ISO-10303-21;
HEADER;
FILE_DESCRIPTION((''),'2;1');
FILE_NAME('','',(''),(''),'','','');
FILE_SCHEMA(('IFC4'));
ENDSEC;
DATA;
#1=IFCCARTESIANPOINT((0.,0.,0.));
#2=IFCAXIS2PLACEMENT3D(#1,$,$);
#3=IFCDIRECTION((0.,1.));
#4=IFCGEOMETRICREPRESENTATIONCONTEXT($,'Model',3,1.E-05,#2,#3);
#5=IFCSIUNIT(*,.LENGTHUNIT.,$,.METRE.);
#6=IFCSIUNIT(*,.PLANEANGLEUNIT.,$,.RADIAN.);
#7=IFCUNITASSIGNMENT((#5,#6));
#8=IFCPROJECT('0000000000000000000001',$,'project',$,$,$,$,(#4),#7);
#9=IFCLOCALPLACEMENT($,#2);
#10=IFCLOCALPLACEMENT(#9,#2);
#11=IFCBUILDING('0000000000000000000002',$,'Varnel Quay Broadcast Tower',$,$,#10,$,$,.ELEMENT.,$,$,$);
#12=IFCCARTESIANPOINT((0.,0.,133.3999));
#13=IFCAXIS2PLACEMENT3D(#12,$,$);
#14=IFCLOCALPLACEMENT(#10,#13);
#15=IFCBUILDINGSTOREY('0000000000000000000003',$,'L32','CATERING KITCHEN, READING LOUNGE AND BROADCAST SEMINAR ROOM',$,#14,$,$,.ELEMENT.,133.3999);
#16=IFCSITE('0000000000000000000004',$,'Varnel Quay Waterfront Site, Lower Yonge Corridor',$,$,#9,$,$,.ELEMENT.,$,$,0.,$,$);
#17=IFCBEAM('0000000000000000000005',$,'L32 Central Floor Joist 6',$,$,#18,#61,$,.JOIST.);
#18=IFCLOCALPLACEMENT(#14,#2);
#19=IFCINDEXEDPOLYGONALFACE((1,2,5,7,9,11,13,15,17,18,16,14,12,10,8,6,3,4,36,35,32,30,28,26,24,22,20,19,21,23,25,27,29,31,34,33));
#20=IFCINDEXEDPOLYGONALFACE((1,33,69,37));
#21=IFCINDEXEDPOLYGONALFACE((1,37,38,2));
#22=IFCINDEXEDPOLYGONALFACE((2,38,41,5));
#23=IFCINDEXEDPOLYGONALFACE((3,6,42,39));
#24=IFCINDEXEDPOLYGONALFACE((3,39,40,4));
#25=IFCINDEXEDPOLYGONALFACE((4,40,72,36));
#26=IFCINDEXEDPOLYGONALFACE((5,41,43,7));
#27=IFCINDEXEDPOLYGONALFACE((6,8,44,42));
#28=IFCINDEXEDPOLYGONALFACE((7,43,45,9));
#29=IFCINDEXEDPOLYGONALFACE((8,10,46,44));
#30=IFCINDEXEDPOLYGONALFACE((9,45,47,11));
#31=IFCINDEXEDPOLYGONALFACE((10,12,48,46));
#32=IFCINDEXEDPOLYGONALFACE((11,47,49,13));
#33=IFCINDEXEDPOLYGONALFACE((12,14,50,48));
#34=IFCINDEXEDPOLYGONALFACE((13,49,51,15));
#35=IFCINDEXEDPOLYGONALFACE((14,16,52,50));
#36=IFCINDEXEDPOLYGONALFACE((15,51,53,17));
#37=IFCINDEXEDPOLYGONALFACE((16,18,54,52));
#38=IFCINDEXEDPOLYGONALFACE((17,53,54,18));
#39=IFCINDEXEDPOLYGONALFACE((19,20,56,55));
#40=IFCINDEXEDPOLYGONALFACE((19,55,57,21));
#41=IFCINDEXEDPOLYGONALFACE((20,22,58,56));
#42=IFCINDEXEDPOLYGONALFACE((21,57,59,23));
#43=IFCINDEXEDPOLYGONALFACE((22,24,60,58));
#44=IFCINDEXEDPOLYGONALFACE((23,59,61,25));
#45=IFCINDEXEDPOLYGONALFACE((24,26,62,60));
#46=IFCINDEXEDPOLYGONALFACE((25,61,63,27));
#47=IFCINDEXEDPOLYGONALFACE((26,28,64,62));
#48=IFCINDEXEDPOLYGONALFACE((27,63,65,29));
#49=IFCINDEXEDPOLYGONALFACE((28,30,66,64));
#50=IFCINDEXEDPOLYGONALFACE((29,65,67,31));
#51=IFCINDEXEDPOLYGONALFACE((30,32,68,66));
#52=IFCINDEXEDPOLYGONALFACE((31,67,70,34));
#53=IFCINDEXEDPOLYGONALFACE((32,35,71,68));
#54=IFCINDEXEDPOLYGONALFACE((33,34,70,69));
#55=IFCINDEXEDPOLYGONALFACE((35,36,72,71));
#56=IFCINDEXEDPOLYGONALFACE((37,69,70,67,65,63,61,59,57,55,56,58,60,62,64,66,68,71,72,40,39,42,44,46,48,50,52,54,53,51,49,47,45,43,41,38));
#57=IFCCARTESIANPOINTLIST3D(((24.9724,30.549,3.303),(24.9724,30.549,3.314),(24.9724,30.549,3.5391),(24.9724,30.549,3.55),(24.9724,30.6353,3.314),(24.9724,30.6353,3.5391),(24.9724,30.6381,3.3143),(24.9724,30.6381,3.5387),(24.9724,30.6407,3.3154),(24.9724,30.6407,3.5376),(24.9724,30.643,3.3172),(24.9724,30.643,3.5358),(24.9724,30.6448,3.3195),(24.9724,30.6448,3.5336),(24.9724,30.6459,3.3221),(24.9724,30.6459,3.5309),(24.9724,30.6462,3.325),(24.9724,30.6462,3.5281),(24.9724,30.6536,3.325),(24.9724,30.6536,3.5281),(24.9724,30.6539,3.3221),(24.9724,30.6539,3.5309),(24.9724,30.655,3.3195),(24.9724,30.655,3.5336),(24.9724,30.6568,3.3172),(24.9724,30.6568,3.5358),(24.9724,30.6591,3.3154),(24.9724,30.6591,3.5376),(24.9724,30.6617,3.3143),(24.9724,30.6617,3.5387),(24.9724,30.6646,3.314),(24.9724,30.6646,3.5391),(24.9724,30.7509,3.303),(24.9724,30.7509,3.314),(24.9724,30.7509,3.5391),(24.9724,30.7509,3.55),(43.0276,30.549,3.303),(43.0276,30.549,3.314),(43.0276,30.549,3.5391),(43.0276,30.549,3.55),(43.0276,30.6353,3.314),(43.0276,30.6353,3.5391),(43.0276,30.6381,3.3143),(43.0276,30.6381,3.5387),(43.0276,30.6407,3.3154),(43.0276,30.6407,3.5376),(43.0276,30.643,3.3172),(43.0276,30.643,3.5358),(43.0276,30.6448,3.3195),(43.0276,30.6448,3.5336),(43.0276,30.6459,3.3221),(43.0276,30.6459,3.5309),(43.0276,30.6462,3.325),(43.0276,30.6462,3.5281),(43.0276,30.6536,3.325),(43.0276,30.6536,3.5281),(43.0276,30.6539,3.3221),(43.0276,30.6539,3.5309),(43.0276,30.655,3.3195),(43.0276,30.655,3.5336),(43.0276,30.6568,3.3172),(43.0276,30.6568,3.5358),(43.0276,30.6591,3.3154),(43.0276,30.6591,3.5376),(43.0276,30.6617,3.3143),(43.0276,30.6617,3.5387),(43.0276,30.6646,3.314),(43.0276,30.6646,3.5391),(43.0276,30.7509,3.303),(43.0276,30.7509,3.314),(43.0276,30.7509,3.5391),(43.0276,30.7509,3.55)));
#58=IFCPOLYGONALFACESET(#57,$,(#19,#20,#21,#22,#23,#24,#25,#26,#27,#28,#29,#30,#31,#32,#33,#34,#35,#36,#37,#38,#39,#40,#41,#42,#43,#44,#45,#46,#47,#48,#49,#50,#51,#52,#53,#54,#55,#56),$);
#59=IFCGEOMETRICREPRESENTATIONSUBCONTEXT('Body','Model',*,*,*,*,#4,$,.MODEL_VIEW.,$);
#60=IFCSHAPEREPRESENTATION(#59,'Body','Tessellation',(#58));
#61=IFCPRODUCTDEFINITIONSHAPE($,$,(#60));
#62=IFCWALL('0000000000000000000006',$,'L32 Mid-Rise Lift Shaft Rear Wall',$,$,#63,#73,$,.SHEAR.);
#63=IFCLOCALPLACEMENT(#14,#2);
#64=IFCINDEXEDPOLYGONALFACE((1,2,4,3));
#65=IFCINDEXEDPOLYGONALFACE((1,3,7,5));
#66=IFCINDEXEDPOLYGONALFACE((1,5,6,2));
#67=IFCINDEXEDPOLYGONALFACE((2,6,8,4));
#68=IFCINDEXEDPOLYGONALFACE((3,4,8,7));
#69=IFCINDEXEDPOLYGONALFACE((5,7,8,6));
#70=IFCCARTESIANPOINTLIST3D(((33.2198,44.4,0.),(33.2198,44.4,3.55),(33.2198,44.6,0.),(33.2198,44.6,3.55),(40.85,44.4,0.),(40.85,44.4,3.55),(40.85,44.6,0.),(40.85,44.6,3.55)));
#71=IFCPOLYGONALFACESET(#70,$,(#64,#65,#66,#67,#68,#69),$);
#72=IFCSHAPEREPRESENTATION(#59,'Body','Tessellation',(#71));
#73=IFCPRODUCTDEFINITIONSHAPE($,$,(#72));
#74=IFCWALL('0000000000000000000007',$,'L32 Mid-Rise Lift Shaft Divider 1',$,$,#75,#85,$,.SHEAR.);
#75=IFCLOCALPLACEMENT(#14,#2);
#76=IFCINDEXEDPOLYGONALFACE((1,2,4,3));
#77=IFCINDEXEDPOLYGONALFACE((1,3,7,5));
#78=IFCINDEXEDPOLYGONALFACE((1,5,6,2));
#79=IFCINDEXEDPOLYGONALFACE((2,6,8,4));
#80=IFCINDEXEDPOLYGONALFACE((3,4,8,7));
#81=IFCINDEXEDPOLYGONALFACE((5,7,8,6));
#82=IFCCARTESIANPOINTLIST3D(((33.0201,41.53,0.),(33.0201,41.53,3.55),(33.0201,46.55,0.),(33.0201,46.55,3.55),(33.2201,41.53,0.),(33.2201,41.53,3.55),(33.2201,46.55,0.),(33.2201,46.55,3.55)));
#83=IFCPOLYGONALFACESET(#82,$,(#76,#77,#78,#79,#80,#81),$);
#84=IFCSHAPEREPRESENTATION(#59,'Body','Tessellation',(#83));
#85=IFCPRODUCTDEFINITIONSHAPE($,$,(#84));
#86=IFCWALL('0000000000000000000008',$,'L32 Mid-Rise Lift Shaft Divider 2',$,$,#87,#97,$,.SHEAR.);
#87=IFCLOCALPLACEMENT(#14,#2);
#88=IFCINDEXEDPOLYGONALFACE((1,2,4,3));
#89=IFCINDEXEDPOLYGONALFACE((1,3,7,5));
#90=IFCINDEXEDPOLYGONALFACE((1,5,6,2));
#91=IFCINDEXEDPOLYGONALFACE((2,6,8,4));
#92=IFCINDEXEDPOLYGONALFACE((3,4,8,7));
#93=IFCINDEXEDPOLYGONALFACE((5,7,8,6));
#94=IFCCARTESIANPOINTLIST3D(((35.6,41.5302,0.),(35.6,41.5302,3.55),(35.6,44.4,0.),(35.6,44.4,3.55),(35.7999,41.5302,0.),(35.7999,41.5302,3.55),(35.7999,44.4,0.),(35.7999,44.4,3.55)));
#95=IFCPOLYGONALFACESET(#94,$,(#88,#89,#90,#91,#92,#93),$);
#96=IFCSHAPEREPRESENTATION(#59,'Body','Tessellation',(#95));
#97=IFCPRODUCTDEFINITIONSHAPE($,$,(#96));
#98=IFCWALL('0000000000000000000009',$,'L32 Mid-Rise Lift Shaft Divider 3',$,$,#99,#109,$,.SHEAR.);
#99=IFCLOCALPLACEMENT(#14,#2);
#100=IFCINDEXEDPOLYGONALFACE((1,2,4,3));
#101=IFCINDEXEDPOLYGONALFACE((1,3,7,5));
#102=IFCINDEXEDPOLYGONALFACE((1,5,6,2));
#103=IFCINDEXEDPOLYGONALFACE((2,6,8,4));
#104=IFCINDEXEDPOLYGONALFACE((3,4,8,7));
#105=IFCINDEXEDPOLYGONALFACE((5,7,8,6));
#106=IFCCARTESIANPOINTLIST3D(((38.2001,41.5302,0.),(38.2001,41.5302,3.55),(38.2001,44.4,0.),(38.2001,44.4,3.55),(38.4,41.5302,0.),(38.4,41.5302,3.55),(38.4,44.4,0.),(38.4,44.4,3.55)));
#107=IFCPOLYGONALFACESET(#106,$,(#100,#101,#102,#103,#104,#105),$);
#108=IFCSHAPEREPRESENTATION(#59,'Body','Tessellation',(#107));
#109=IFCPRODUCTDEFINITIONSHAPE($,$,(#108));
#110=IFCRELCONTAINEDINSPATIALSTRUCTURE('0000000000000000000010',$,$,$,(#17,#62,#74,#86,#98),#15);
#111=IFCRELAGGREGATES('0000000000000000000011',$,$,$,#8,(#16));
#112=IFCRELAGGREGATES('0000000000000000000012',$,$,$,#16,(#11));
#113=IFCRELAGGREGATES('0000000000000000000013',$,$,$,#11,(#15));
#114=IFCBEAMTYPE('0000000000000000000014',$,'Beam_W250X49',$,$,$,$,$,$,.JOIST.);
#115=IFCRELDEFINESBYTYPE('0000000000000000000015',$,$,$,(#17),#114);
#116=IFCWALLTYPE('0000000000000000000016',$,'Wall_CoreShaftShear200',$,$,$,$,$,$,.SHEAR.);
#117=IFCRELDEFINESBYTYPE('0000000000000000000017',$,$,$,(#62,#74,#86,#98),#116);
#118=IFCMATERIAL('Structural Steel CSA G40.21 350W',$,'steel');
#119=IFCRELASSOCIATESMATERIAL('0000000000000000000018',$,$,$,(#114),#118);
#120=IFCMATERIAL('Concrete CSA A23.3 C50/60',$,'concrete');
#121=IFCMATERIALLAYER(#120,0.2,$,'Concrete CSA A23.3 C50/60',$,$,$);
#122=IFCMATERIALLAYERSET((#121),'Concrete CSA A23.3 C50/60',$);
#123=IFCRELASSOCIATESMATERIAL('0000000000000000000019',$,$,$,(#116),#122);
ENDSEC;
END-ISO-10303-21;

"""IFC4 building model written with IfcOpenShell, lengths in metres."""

from ifc_helpers import new_model, si_unit, direction, frame, frame_2d, origin, origin_2d, place, context, subcontext, project, spatial, rectangle, i_section, extrude, source, transform, mapped, material, layer, layer_set, material_profile, profile_set, type_object, type_shapes, element, save


model = new_model("IFC4")

# Units and contexts
model_context = context("Model", 3, precision=1e-05, world=origin(), true_north=direction((0.0, 1.0)))
body_context = subcontext(model_context, "Body", "Model", "MODEL_VIEW")
ifc_project = project(units=[si_unit("LENGTHUNIT", "METRE"), si_unit("PLANEANGLEUNIT", "RADIAN")], contexts=[model_context])

# Site, building, storey
site_placement = place(None, origin())
site = spatial("IfcSite", under=ifc_project, at=site_placement, Name="Varnel Quay Waterfront Site, Lower Yonge Corridor", CompositionType="ELEMENT", RefElevation=0.0)
building_placement = place(site_placement, origin())
building = spatial("IfcBuilding", under=site, at=building_placement, Name="Varnel Quay Broadcast Tower", CompositionType="ELEMENT")
storey_placement = place(building_placement, frame((0.0, 0.0, 133.3999)))
storey = spatial("IfcBuildingStorey", under=building, at=storey_placement, Name="L32", Description="CATERING KITCHEN, READING LOUNGE AND BROADCAST SEMINAR ROOM", CompositionType="ELEMENT", Elevation=133.3999)

# Beam
ifc_material_1 = material(Name="Structural Steel CSA G40.21 350W", Category="steel")
ifc_material_profile_1 = material_profile(ifc_material_1, i_section(OverallWidth=0.2019, OverallDepth=0.2471, WebThickness=0.0073, FlangeThickness=0.011, FilletRadius=0.011, at=origin_2d()), Name="W250X49")
ifc_profile_set_1 = profile_set([ifc_material_profile_1], Name="Structural Steel CSA G40.21 350W")
beam_type_1 = type_object("IfcBeamType", Name="Beam_W250X49", PredefinedType="JOIST", material=ifc_profile_set_1)
shared_shape_1 = source(origin(), body_context, "Body", "SweptSolid", [
    extrude(i_section(OverallWidth=0.2019, OverallDepth=0.2471, WebThickness=0.0073, FlangeThickness=0.011, FilletRadius=0.011, at=origin_2d()), origin(), (0.0, 0.0, 1.0), 18.0552),
])
type_shapes(beam_type_1, [shared_shape_1])
beam_1_placement = place(storey_placement, frame((24.9724, 30.6499, 3.4265), z_axis=(1.0, 0.0, 0.0), x_axis=(0.0, 1.0, 0.0)))
element("IfcBeam", 1, at=beam_1_placement, inside=storey, type_object=beam_type_1, Name="L32 Central Floor Joist 6", PredefinedType="JOIST", context=body_context, shape_type="MappedRepresentation", body=[
    mapped(shared_shape_1, transform((0.0, 0.0, 0.0), x_axis=(1.0, 0.0, 0.0), y_axis=(0.0, 1.0, 0.0), z_axis=(0.0, 0.0, 1.0), scale=1.0)),
])

# Walls
ifc_material_2 = material(Name="Concrete CSA A23.3 C50/60", Category="concrete")
ifc_layer_1 = layer(ifc_material_2, 0.2, Name="Concrete CSA A23.3 C50/60")
ifc_layer_set_1 = layer_set([ifc_layer_1], Name="Concrete CSA A23.3 C50/60")
wall_type_1 = type_object("IfcWallType", Name="Wall_CoreShaftShear200", PredefinedType="SHEAR", material=ifc_layer_set_1)
wall_1_placement = place(storey_placement, frame((33.22, 44.5, 0.0), z_axis=(0.0, 0.0, 1.0), x_axis=(1.0, 0.0, 0.0)))
element("IfcWall", 2, at=wall_1_placement, inside=storey, type_object=wall_type_1, Name="L32 Mid-Rise Lift Shaft Rear Wall", PredefinedType="SHEAR", context=body_context, shape_type="SweptSolid", body=[
    extrude(rectangle(XDim=7.6301, YDim=0.2, at=frame_2d((3.8149, 0.0))), origin(), (0.0, 0.0, 1.0), 3.55),
])
wall_2_placement = place(storey_placement, frame((33.1201, 41.53, 0.0), z_axis=(0.0, 0.0, 1.0), x_axis=(0.0, 1.0, 0.0)))
element("IfcWall", 3, at=wall_2_placement, inside=storey, type_object=wall_type_1, Name="L32 Mid-Rise Lift Shaft Divider 1", PredefinedType="SHEAR", context=body_context, shape_type="SweptSolid", body=[
    extrude(rectangle(XDim=5.02, YDim=0.2, at=frame_2d((2.51, 0.0))), origin(), (0.0, 0.0, 1.0), 3.55),
])
for number, where, z_axis, x_axis, name in (
    (4, (35.7, 41.53, 0.0), (0.0, 0.0, 1.0), (0.0, 1.0, 0.0), "L32 Mid-Rise Lift Shaft Divider 2"),
    (5, (38.3, 41.53, 0.0), (0.0, 0.0, 1.0), (0.0, 1.0, 0.0), "L32 Mid-Rise Lift Shaft Divider 3"),
):
    element("IfcWall", number, at=place(storey_placement, frame(where, z_axis=z_axis, x_axis=x_axis)), inside=storey, type_object=wall_type_1, Name=name, PredefinedType="SHEAR", context=body_context, shape_type="SweptSolid", body=[
        extrude(rectangle(XDim=2.8699, YDim=0.2, at=frame_2d((1.4351, 0.0))), origin(), (0.0, 0.0, 1.0), 3.55),
    ])

save(model, "model.ifc")
